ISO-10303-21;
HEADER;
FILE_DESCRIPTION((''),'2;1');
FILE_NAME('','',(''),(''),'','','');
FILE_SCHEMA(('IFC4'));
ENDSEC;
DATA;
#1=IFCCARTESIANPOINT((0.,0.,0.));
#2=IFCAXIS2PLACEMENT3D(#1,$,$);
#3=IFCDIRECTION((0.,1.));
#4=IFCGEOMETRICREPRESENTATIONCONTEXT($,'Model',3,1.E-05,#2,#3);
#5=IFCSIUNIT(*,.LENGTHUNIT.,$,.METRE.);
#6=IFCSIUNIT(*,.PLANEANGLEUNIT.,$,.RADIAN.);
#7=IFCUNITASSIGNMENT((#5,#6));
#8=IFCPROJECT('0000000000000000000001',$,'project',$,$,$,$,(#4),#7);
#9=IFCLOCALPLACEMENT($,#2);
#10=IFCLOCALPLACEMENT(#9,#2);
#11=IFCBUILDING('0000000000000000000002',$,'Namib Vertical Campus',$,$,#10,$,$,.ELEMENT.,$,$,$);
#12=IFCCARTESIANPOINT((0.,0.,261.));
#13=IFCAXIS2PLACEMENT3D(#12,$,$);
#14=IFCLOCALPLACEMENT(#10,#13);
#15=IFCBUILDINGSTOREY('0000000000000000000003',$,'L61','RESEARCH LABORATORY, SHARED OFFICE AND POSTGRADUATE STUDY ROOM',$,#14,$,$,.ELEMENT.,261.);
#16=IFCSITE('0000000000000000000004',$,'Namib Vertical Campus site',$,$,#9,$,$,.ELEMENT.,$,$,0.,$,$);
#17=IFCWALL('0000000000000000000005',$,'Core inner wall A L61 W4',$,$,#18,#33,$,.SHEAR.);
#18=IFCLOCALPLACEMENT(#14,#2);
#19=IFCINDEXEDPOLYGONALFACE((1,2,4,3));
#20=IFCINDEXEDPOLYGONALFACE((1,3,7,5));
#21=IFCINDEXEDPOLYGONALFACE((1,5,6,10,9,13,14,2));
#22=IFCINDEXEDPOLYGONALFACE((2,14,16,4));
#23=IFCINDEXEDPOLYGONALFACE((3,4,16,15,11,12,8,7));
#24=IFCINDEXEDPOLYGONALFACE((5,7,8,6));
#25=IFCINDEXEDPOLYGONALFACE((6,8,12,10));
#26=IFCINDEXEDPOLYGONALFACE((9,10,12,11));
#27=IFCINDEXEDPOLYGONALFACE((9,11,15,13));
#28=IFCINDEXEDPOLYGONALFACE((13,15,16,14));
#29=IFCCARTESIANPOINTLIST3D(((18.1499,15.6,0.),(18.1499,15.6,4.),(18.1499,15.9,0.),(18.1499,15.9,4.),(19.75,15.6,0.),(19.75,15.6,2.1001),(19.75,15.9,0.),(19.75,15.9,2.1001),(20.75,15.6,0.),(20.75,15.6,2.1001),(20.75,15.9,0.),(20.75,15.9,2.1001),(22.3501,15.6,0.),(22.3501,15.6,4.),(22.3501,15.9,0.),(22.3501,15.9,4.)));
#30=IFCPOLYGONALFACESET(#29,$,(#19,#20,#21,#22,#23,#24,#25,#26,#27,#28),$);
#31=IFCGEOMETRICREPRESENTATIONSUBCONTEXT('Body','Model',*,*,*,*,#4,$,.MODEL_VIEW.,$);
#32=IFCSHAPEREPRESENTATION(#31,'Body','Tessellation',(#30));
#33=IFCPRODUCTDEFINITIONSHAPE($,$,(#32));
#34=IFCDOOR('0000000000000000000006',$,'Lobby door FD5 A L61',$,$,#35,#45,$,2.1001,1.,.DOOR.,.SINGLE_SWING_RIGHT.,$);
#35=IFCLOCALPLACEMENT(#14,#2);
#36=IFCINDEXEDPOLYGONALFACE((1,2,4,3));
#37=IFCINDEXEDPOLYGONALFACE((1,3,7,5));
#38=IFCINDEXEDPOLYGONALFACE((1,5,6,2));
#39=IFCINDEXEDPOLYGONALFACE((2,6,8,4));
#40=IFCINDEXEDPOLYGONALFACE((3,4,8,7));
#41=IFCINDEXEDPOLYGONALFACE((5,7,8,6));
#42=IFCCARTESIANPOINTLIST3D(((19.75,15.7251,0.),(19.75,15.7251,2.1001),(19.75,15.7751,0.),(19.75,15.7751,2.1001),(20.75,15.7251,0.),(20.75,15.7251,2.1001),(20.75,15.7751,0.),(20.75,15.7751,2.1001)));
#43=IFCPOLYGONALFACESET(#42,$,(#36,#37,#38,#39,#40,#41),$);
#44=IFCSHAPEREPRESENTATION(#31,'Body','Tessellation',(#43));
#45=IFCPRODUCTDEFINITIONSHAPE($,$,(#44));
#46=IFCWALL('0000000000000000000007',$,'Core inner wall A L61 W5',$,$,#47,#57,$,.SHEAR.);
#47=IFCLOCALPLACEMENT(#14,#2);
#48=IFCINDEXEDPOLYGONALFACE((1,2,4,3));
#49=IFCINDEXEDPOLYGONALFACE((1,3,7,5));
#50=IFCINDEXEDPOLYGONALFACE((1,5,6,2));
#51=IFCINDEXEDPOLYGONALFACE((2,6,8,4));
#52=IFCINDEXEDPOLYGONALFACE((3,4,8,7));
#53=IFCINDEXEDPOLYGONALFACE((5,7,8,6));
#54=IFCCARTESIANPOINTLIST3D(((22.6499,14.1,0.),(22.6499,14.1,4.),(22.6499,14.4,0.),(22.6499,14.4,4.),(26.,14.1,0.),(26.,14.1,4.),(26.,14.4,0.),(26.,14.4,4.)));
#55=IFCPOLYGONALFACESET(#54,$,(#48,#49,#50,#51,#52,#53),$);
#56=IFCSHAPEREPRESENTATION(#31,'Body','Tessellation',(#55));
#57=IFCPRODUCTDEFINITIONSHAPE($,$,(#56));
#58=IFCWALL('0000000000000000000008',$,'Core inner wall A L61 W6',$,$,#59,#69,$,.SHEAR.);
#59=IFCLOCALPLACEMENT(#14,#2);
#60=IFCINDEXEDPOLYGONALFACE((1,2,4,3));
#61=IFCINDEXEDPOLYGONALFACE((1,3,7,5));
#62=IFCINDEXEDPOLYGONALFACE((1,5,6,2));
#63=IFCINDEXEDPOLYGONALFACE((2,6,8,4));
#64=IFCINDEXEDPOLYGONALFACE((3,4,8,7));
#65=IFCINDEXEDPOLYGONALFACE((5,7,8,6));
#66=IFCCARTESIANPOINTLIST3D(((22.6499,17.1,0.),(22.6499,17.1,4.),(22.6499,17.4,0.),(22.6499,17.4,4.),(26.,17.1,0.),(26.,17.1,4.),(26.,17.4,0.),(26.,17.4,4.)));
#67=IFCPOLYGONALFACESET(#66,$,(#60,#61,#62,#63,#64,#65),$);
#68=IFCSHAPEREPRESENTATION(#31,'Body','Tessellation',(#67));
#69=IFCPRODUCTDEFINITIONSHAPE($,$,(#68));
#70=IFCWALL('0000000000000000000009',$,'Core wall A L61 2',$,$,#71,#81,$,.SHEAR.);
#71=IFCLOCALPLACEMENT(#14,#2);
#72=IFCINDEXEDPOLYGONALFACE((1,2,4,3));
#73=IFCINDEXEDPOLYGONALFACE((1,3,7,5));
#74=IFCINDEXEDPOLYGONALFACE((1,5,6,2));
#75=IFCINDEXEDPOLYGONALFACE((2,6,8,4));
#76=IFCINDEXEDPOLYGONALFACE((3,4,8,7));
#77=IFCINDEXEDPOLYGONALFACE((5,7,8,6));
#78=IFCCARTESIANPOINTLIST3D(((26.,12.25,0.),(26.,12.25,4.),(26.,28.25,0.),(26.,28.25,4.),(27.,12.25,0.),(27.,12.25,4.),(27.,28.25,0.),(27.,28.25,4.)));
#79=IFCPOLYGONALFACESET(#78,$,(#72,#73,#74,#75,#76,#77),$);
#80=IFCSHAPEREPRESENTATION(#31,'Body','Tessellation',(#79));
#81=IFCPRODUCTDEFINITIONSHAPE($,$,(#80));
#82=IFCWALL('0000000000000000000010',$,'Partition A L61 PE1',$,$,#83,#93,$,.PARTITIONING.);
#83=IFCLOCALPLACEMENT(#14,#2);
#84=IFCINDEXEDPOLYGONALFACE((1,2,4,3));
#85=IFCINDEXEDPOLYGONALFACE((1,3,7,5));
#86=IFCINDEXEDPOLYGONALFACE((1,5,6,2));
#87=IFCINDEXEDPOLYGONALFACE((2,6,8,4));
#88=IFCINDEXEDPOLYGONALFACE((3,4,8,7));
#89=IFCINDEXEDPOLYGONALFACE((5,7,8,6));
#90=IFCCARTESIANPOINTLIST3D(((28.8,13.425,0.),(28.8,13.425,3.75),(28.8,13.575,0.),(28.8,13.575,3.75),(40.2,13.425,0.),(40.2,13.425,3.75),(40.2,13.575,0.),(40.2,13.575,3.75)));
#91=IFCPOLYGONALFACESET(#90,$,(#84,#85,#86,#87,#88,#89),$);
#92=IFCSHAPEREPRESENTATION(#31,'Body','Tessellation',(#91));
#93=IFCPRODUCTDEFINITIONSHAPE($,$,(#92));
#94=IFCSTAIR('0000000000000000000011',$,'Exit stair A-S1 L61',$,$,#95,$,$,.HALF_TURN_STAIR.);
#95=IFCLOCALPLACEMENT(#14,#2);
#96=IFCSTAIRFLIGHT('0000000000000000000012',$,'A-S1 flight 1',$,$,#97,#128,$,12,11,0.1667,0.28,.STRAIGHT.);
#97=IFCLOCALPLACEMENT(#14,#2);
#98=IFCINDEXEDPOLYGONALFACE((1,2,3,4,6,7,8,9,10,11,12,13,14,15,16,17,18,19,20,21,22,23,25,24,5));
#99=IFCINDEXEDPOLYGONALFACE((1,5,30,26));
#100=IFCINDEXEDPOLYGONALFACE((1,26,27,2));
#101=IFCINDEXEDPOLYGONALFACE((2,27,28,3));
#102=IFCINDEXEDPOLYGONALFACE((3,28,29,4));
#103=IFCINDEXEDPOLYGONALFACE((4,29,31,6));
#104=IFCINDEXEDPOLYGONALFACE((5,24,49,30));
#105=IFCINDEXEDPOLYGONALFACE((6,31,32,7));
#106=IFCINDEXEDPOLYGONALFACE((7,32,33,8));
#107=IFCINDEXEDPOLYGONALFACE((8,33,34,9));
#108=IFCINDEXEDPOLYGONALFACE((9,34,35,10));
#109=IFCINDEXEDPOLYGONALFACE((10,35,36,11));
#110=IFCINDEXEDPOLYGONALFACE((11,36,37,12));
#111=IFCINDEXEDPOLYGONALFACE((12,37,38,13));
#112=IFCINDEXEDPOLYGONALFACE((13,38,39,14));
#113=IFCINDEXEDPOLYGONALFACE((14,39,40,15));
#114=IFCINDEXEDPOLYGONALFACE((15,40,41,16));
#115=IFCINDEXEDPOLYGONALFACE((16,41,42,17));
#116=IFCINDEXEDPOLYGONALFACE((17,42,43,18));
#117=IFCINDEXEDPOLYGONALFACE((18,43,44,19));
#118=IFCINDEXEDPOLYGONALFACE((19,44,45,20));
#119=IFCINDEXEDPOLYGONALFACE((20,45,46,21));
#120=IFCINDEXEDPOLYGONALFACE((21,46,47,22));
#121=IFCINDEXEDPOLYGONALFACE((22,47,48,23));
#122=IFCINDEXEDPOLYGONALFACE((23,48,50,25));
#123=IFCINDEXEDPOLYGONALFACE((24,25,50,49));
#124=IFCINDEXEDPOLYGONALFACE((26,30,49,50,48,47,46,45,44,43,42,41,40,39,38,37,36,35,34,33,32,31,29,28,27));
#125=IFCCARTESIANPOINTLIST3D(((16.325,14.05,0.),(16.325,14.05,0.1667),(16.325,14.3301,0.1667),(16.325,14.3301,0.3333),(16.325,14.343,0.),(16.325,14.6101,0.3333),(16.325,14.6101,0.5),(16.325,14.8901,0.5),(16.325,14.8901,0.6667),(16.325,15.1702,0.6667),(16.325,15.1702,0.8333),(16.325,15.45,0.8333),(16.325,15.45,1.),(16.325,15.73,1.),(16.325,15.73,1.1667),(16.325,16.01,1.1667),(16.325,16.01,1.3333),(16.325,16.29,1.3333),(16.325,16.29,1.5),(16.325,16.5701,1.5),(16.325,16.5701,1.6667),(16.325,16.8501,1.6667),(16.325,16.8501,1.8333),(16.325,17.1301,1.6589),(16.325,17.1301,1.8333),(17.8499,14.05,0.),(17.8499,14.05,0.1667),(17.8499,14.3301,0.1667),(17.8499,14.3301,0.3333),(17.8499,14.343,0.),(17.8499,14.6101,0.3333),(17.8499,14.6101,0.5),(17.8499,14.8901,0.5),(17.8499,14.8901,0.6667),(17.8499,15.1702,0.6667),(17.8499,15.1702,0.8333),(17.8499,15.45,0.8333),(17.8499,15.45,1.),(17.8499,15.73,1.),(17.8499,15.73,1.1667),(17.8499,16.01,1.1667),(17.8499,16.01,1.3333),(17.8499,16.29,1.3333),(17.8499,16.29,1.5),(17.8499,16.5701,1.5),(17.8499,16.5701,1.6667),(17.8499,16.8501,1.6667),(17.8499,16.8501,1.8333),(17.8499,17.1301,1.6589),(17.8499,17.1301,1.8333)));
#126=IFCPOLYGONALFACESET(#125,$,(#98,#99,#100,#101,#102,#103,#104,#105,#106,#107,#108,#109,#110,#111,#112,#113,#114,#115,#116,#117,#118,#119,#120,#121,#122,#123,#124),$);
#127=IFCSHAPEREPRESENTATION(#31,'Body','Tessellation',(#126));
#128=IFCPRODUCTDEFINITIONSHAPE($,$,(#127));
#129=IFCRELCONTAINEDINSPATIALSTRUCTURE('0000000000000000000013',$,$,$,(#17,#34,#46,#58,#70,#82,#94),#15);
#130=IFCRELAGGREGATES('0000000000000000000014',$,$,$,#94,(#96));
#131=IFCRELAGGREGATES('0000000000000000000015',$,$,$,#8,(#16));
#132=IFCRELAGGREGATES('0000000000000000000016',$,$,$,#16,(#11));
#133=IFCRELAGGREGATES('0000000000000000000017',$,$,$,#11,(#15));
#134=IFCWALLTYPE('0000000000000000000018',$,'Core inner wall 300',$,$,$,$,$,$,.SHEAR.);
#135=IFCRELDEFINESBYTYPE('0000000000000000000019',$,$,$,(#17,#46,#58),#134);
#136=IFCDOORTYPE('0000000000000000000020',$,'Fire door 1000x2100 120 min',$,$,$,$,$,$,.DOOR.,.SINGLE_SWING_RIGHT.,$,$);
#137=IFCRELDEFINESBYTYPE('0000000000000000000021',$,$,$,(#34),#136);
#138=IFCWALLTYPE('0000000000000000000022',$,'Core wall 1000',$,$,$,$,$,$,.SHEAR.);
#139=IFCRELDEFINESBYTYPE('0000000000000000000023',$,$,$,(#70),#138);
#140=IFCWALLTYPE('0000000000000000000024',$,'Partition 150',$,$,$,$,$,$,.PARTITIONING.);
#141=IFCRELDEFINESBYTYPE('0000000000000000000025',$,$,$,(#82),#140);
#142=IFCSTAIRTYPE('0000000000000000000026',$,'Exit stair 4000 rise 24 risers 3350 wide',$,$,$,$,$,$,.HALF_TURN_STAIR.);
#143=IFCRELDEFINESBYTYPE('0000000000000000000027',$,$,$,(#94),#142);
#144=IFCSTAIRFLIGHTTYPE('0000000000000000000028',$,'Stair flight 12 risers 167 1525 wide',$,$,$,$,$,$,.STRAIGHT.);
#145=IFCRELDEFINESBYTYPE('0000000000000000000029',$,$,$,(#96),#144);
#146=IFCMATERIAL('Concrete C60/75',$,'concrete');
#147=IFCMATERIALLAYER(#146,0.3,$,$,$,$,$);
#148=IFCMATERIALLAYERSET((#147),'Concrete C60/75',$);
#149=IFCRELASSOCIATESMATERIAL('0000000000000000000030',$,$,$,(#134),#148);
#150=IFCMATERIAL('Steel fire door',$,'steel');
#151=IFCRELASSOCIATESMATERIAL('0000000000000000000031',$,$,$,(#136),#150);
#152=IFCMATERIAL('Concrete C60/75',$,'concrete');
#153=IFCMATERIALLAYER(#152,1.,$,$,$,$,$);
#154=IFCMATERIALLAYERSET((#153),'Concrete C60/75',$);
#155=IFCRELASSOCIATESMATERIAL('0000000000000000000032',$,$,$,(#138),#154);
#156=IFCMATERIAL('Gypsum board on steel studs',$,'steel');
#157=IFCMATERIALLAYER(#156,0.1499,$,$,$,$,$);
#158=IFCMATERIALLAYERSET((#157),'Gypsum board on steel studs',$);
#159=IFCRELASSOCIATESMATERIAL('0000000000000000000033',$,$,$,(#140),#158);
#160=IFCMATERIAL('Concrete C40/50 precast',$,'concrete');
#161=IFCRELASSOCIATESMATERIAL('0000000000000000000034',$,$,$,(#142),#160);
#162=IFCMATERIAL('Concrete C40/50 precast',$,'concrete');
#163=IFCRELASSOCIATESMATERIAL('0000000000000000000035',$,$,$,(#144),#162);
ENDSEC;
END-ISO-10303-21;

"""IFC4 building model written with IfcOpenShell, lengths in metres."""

from ifc_helpers import new_model, si_unit, direction, frame, frame_2d, origin, place, context, subcontext, project, spatial, polyline, rectangle, outline, extrude, material, layer, layer_set, type_object, element, fill, aggregate, save


model = new_model("IFC4")

# Units and contexts
model_context = context("Model", 3, precision=1e-05, world=origin(), true_north=direction((0.0, 1.0)))
body_context = subcontext(model_context, "Body", "Model", "MODEL_VIEW")
ifc_project = project(units=[si_unit("LENGTHUNIT", "METRE"), si_unit("PLANEANGLEUNIT", "RADIAN")], contexts=[model_context])

# Site, building, storey
site_placement = place(None, origin())
site = spatial("IfcSite", under=ifc_project, at=site_placement, Name="Namib Vertical Campus site", CompositionType="ELEMENT", RefElevation=0.0)
building_placement = place(site_placement, origin())
building = spatial("IfcBuilding", under=site, at=building_placement, Name="Namib Vertical Campus", CompositionType="ELEMENT")
storey_placement = place(building_placement, frame((0.0, 0.0, 261.0)))
storey = spatial("IfcBuildingStorey", under=building, at=storey_placement, Name="L61", Description="RESEARCH LABORATORY, SHARED OFFICE AND POSTGRADUATE STUDY ROOM", CompositionType="ELEMENT", Elevation=261.0)

# Wall, opening, door
ifc_material_1 = material(Name="Concrete C60/75", Category="concrete")
ifc_layer_1 = layer(ifc_material_1, 0.3)
ifc_layer_set_1 = layer_set([ifc_layer_1], Name="Concrete C60/75")
wall_type_1 = type_object("IfcWallType", Name="Core inner wall 300", PredefinedType="SHEAR", material=ifc_layer_set_1)
wall_1_placement = place(storey_placement, frame((18.1499, 15.75, 0.0), z_axis=(0.0, 0.0, 1.0), x_axis=(1.0, 0.0, 0.0)))
wall_1 = element("IfcWall", 1, at=wall_1_placement, inside=storey, type_object=wall_type_1, Name="Core inner wall A L61 W4", PredefinedType="SHEAR", context=body_context, shape_type="SweptSolid", body=[
    extrude(rectangle(XDim=4.2002, YDim=0.3, at=frame_2d((2.1001, 0.0))), origin(), (0.0, 0.0, 1.0), 4.0),
])
opening_placement = place(wall_1_placement, frame((1.6001, 0.0, 0.0)))
opening = element("IfcOpeningElement", 2, at=opening_placement, cuts=wall_1, PredefinedType="OPENING", context=body_context, shape_type="SweptSolid", body=[
    extrude(rectangle(XDim=1.0, YDim=2.1001, at=frame_2d((0.5, 1.05))), frame((0.0, 0.1599, 0.0), z_axis=(0.0, -1.0, 0.0), x_axis=(1.0, 0.0, 0.0)), (0.0, 0.0, 1.0), 0.3201),
])
ifc_material_2 = material(Name="Steel fire door", Category="steel")
door_type = type_object("IfcDoorType", Name="Fire door 1000x2100 120 min", OperationType="SINGLE_SWING_RIGHT", PredefinedType="DOOR", material=ifc_material_2)
door_placement = place(opening_placement, frame((1.0, 0.0, 0.0), z_axis=(0.0, 0.0, 1.0), x_axis=(-1.0, 0.0, 0.0)))
door = element("IfcDoor", 3, at=door_placement, inside=storey, type_object=door_type, Name="Lobby door FD5 A L61", OperationType="SINGLE_SWING_RIGHT", OverallHeight=2.1001, OverallWidth=1.0, PredefinedType="DOOR", context=body_context, shape_type="SweptSolid", body=[
    extrude(rectangle(XDim=1.0, YDim=2.1001, at=frame_2d((0.5, 1.05))), frame((0.0, 0.0249, 0.0), z_axis=(0.0, -1.0, 0.0), x_axis=(1.0, 0.0, 0.0)), (0.0, 0.0, 1.0), 0.05),
])
fill(opening, door)

# Walls
for number, where, z_axis, x_axis, name in (
    (4, (22.6499, 14.25, 0.0), (0.0, 0.0, 1.0), (1.0, 0.0, 0.0), "Core inner wall A L61 W5"),
    (5, (22.6499, 17.25, 0.0), (0.0, 0.0, 1.0), (1.0, 0.0, 0.0), "Core inner wall A L61 W6"),
):
    element("IfcWall", number, at=place(storey_placement, frame(where, z_axis=z_axis, x_axis=x_axis)), inside=storey, type_object=wall_type_1, Name=name, PredefinedType="SHEAR", context=body_context, shape_type="SweptSolid", body=[
        extrude(rectangle(XDim=3.3501, YDim=0.3, at=frame_2d((1.675, 0.0))), origin(), (0.0, 0.0, 1.0), 4.0),
    ])
ifc_material_3 = material(Name="Concrete C60/75", Category="concrete")
ifc_layer_2 = layer(ifc_material_3, 1.0)
ifc_layer_set_2 = layer_set([ifc_layer_2], Name="Concrete C60/75")
wall_type_2 = type_object("IfcWallType", Name="Core wall 1000", PredefinedType="SHEAR", material=ifc_layer_set_2)
wall_2_placement = place(storey_placement, frame((26.5, 12.25, 0.0), z_axis=(0.0, 0.0, 1.0), x_axis=(0.0, 1.0, 0.0)))
element("IfcWall", 6, at=wall_2_placement, inside=storey, type_object=wall_type_2, Name="Core wall A L61 2", PredefinedType="SHEAR", context=body_context, shape_type="SweptSolid", body=[
    extrude(rectangle(XDim=16.0, YDim=1.0, at=frame_2d((8.0, 0.0))), origin(), (0.0, 0.0, 1.0), 4.0),
])
ifc_material_4 = material(Name="Gypsum board on steel studs", Category="steel")
ifc_layer_3 = layer(ifc_material_4, 0.1499)
ifc_layer_set_3 = layer_set([ifc_layer_3], Name="Gypsum board on steel studs")
wall_type_3 = type_object("IfcWallType", Name="Partition 150", PredefinedType="PARTITIONING", material=ifc_layer_set_3)
wall_3_placement = place(storey_placement, frame((28.8, 13.5, 0.0), z_axis=(0.0, 0.0, 1.0), x_axis=(1.0, 0.0, 0.0)))
element("IfcWall", 7, at=wall_3_placement, inside=storey, type_object=wall_type_3, Name="Partition A L61 PE1", PredefinedType="PARTITIONING", context=body_context, shape_type="SweptSolid", body=[
    extrude(rectangle(XDim=11.3999, YDim=0.1499, at=frame_2d((5.7, 0.0))), origin(), (0.0, 0.0, 1.0), 3.75),
])

# Stair, stair flight
ifc_material_5 = material(Name="Concrete C40/50 precast", Category="concrete")
stair_type = type_object("IfcStairType", Name="Exit stair 4000 rise 24 risers 3350 wide", PredefinedType="HALF_TURN_STAIR", material=ifc_material_5)
stair_placement = place(storey_placement, origin())
stair = element("IfcStair", 8, at=stair_placement, inside=storey, type_object=stair_type, Name="Exit stair A-S1 L61", PredefinedType="HALF_TURN_STAIR")
ifc_material_6 = material(Name="Concrete C40/50 precast", Category="concrete")
stair_flight_type = type_object("IfcStairFlightType", Name="Stair flight 12 risers 167 1525 wide", PredefinedType="STRAIGHT", material=ifc_material_6)
stair_flight_placement = place(storey_placement, frame((17.0874, 14.05, 0.0), z_axis=(0.0, 0.0, 1.0), x_axis=(0.0, 1.0, 0.0)))
stair_flight = element("IfcStairFlight", 9, at=stair_flight_placement, type_object=stair_flight_type, Name="A-S1 flight 1", NumberOfRisers=12, NumberOfTreads=11, PredefinedType="STRAIGHT", RiserHeight=0.1667, TreadLength=0.28, context=body_context, shape_type="SweptSolid", body=[
    extrude(outline(polyline([(0.0, 0.0), (0.0, 0.1667), (0.28, 0.1667), (0.28, 0.3333), (0.5601, 0.3333), (0.5601, 0.5), (0.8401, 0.5), (0.8401, 0.6667), (1.1201, 0.6667), (1.1201, 0.8333), (1.3999, 0.8333), (1.3999, 1.0), (1.6799, 1.0), (1.6799, 1.1667), (1.96, 1.1667), (1.96, 1.3333), (2.24, 1.3333), (2.24, 1.5), (2.52, 1.5), (2.52, 1.6667), (2.8, 1.6667), (2.8, 1.8333), (3.0801, 1.8333), (3.0801, 2.0), (3.0801, 1.6589), (0.293, 0.0), (0.0, 0.0)])), frame((0.0, 0.7625, 0.0), z_axis=(0.0, -1.0, 0.0), x_axis=(1.0, 0.0, 0.0)), (0.0, 0.0, 1.0), 1.5249),
])
aggregate(stair, [stair_flight])

save(model, "model.ifc")
